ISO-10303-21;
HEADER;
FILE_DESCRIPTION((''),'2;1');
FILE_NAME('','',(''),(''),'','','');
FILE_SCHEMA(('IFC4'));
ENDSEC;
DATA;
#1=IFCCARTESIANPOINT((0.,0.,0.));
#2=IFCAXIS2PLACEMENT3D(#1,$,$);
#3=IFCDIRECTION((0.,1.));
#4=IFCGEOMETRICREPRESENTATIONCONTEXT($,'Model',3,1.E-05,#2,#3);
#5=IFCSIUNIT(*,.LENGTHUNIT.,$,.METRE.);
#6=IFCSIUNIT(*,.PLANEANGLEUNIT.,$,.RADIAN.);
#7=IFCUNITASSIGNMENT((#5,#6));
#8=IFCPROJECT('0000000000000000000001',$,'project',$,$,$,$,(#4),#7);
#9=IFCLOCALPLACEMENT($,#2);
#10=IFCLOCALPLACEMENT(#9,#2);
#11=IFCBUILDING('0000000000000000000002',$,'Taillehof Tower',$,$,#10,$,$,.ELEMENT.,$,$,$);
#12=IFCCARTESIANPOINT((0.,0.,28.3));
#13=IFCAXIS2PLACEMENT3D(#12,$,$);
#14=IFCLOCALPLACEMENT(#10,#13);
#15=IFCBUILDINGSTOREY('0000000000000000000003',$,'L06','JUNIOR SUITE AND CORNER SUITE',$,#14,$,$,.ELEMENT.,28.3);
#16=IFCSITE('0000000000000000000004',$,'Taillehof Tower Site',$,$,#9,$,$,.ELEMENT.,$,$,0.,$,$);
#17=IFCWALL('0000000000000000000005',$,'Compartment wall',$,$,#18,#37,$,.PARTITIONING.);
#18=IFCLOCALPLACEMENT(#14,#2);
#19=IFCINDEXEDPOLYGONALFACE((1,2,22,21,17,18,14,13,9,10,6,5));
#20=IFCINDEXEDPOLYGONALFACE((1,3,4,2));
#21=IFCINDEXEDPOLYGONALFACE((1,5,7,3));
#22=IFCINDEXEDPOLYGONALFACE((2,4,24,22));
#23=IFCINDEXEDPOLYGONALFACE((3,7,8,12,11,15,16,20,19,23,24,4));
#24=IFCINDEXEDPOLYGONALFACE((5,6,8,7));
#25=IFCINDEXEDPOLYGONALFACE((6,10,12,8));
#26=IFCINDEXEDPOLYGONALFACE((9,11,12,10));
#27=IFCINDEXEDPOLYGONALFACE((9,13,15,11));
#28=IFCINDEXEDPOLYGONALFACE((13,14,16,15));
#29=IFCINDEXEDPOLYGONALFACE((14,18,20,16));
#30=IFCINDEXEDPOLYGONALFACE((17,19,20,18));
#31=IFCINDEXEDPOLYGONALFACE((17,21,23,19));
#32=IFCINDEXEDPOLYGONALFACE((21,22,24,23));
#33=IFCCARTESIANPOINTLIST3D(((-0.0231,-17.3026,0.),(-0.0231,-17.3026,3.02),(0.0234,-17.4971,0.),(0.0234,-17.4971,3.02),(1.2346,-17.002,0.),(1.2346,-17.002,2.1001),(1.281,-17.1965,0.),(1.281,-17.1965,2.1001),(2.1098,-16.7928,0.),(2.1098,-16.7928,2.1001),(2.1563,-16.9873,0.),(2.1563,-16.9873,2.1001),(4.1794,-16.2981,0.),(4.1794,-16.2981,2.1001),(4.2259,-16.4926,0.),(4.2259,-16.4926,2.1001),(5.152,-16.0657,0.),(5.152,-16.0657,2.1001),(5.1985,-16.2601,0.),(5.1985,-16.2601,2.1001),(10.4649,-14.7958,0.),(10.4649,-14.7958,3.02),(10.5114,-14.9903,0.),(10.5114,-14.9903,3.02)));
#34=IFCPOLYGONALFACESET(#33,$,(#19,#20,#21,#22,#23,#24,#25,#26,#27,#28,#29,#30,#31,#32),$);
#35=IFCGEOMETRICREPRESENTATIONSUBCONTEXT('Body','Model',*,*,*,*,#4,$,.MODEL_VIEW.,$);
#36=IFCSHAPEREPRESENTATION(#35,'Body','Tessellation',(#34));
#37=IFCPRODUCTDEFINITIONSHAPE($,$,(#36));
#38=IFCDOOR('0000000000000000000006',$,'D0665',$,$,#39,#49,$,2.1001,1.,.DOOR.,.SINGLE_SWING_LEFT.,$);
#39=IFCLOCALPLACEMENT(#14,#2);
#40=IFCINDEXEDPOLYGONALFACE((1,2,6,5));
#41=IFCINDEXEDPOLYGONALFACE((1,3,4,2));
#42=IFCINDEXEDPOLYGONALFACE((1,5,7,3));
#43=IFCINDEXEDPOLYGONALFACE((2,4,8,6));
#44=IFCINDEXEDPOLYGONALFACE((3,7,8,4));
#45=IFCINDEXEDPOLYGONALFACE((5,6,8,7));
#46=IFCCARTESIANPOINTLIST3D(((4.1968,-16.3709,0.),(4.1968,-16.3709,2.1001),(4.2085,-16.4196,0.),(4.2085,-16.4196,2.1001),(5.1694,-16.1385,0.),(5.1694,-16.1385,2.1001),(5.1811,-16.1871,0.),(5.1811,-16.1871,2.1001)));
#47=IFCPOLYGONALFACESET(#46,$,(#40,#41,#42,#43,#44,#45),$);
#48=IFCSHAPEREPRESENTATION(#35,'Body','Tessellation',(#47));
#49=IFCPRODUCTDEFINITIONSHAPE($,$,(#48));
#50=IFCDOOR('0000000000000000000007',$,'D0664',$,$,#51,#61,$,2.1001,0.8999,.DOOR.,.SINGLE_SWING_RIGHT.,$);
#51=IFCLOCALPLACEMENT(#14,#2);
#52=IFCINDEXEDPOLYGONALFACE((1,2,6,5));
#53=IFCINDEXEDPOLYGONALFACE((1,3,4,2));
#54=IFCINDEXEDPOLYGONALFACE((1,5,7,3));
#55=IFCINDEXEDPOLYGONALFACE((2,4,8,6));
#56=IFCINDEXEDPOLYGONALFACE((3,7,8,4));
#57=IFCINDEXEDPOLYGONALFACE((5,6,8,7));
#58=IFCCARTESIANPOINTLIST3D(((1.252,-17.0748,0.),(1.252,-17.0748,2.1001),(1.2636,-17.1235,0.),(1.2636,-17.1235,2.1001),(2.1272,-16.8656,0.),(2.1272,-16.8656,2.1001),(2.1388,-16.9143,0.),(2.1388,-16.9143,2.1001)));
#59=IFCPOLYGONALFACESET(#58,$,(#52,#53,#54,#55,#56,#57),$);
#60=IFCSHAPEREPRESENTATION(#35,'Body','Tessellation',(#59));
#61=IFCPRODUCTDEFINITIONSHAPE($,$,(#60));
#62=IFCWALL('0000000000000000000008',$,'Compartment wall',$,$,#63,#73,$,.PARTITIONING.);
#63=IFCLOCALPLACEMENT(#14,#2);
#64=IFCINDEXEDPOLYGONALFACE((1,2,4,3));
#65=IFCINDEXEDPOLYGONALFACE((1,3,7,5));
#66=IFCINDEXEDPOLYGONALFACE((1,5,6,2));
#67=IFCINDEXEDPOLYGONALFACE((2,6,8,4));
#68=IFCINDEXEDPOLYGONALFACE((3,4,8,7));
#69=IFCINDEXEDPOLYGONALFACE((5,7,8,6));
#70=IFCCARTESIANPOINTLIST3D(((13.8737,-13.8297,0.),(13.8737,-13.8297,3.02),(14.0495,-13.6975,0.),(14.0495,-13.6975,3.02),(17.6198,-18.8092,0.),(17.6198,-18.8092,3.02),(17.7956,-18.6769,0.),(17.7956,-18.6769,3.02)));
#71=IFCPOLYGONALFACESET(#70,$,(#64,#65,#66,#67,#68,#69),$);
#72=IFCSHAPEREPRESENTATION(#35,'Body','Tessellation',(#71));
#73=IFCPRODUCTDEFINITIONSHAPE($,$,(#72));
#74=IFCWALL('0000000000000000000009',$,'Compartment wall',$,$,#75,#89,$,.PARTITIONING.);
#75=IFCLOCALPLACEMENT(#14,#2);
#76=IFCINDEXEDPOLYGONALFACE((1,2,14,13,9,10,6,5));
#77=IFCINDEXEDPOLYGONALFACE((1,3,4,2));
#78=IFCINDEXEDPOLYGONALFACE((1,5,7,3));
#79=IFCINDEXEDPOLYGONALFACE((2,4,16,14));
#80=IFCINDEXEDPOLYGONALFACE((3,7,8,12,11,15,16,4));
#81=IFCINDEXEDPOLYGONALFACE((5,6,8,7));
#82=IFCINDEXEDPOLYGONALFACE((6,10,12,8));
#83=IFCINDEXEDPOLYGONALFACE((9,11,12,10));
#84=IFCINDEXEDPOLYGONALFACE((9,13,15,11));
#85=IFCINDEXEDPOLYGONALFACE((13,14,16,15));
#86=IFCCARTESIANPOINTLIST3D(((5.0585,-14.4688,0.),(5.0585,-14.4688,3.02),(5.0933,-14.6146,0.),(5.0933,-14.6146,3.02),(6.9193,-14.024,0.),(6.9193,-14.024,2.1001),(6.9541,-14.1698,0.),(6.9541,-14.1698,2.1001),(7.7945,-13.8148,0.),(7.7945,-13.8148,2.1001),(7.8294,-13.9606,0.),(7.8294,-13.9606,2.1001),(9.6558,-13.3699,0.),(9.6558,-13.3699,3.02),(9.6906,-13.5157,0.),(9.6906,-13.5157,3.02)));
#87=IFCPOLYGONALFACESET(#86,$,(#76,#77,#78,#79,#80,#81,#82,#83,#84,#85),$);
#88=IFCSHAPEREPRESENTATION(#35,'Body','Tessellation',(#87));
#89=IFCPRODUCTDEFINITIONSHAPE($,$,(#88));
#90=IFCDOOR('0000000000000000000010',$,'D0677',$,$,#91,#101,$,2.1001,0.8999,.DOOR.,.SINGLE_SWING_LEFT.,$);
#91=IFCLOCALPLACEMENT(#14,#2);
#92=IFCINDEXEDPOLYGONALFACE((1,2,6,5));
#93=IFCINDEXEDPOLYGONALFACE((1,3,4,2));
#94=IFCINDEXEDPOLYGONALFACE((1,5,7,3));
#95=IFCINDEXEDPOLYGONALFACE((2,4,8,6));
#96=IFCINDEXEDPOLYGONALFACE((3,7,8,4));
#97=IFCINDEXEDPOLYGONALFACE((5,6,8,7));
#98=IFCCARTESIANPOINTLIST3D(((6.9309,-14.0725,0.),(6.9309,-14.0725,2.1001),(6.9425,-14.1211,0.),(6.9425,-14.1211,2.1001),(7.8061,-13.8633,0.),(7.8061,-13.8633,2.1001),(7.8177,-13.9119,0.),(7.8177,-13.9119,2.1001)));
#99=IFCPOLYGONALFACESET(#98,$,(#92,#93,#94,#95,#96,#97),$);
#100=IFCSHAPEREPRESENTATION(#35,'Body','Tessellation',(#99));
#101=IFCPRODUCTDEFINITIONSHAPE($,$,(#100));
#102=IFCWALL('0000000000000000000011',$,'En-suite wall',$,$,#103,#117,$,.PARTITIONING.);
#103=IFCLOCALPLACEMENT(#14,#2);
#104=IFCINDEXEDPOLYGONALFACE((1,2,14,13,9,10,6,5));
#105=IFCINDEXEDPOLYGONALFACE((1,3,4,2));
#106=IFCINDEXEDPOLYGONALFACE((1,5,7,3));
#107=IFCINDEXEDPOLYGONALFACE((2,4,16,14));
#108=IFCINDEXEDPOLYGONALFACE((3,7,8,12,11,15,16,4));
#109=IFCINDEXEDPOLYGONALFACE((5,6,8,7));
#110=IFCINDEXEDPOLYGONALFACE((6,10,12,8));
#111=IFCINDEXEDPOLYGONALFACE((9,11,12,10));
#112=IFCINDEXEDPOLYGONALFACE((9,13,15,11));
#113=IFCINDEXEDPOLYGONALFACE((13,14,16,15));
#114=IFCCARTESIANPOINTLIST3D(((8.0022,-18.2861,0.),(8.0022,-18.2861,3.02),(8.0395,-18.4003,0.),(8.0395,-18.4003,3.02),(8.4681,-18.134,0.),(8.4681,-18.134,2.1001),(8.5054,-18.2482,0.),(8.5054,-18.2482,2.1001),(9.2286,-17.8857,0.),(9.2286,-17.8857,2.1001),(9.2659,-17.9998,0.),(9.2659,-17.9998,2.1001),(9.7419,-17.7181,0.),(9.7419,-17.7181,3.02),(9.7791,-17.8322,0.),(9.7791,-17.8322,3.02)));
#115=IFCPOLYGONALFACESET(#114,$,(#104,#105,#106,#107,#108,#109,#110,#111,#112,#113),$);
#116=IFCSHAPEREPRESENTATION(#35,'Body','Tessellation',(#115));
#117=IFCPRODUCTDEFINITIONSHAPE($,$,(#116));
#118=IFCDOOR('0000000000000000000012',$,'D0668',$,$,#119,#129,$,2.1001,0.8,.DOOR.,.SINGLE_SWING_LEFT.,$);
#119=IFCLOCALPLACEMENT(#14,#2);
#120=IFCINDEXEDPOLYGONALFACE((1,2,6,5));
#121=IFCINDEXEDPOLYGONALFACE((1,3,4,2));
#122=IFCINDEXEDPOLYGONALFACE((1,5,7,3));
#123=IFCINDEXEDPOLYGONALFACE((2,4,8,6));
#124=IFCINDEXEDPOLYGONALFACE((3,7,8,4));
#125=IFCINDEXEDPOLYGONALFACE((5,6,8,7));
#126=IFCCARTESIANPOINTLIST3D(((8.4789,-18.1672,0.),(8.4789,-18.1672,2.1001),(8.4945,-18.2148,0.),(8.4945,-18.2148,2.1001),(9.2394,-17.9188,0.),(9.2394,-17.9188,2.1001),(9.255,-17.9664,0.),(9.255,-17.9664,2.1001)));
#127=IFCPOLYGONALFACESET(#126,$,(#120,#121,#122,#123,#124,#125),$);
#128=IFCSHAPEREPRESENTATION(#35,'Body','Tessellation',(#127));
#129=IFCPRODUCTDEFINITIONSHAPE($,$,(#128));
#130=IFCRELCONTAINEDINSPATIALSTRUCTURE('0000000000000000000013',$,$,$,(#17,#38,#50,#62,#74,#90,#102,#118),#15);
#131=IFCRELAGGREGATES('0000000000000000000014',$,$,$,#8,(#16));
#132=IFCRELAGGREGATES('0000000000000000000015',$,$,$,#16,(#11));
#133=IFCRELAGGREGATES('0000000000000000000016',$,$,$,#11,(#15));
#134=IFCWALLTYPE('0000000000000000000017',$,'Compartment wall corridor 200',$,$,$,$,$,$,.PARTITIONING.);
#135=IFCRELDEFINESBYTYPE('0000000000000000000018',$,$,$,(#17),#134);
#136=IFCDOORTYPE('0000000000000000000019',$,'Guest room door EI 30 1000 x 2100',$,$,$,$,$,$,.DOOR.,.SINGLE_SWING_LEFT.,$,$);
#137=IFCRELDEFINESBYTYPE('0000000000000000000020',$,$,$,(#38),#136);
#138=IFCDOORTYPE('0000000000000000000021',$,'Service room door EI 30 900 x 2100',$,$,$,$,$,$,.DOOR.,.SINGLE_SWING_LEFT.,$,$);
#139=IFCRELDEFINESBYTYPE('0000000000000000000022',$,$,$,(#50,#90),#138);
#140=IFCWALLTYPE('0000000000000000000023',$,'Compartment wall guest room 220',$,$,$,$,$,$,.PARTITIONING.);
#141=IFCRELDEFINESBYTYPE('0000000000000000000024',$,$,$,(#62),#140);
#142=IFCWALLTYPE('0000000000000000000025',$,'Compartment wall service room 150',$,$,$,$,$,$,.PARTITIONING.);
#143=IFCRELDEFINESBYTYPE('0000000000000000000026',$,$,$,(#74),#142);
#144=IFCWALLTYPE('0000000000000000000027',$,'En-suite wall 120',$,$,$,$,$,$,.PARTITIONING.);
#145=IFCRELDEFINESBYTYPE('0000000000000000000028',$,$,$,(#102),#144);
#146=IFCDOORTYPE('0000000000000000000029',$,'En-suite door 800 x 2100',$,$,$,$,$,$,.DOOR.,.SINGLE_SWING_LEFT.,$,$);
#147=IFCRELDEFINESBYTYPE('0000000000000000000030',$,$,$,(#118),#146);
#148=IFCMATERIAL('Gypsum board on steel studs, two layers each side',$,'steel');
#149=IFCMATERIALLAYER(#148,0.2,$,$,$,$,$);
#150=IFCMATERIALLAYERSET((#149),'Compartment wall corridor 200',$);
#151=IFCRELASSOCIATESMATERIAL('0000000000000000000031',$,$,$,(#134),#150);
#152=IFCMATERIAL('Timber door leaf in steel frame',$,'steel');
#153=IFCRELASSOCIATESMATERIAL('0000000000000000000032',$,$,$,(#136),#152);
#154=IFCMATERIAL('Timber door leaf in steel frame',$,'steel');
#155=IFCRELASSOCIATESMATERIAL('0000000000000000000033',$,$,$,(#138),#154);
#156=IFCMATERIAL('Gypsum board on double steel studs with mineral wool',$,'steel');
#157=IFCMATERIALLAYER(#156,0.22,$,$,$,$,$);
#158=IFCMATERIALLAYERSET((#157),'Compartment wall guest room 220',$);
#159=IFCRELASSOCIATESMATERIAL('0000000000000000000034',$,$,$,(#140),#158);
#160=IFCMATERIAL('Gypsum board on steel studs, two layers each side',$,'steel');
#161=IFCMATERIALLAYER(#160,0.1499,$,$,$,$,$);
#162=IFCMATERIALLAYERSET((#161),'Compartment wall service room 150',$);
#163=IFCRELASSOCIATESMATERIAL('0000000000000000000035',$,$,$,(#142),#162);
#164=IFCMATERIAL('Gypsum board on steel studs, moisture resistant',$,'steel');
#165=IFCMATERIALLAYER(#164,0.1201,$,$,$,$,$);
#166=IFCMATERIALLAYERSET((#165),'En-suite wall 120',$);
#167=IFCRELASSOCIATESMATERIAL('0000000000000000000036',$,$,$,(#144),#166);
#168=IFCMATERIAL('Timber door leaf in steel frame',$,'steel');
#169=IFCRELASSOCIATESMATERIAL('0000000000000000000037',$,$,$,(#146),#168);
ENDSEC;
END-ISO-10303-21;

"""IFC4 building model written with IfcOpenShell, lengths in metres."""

from ifc_helpers import new_model, si_unit, direction, frame, frame_2d, origin, place, context, subcontext, project, spatial, rectangle, extrude, material, layer, layer_set, type_object, element, fill, save


model = new_model("IFC4")

# Units and contexts
model_context = context("Model", 3, precision=1e-05, world=origin(), true_north=direction((0.0, 1.0)))
body_context = subcontext(model_context, "Body", "Model", "MODEL_VIEW")
ifc_project = project(units=[si_unit("LENGTHUNIT", "METRE"), si_unit("PLANEANGLEUNIT", "RADIAN")], contexts=[model_context])

# Site, building, storey
site_placement = place(None, origin())
site = spatial("IfcSite", under=ifc_project, at=site_placement, Name="Taillehof Tower Site", CompositionType="ELEMENT", RefElevation=0.0)
building_placement = place(site_placement, origin())
building = spatial("IfcBuilding", under=site, at=building_placement, Name="Taillehof Tower", CompositionType="ELEMENT")
storey_placement = place(building_placement, frame((0.0, 0.0, 28.3)))
storey = spatial("IfcBuildingStorey", under=building, at=storey_placement, Name="L06", Description="JUNIOR SUITE AND CORNER SUITE", CompositionType="ELEMENT", Elevation=28.3)

# Shared definitions
ifc_material_1 = material(Name="Gypsum board on steel studs, two layers each side", Category="steel")
ifc_layer_1 = layer(ifc_material_1, 0.2)
ifc_layer_set_1 = layer_set([ifc_layer_1], Name="Compartment wall corridor 200")
wall_type_1 = type_object("IfcWallType", Name="Compartment wall corridor 200", PredefinedType="PARTITIONING", material=ifc_layer_set_1)

# Wall, openings, doors
wall_1_placement = place(storey_placement, frame((10.488, -14.8931, 0.0), z_axis=(0.0, 0.0, 1.0), x_axis=(-0.972603, -0.23247, 0.0)))
wall_1 = element("IfcWall", 1, at=wall_1_placement, inside=storey, type_object=wall_type_1, Name="Compartment wall", PredefinedType="PARTITIONING", context=body_context, shape_type="SweptSolid", body=[
    extrude(rectangle(XDim=10.7834, YDim=0.2, at=frame_2d((5.3916, 0.0))), origin(), (0.0, 0.0, 1.0), 3.02),
])
opening_1_placement = place(wall_1_placement, frame((8.5903, 0.0, 0.0)))
opening_1 = element("IfcOpeningElement", 2, at=opening_1_placement, cuts=wall_1, PredefinedType="OPENING", context=body_context, shape_type="SweptSolid", body=[
    extrude(rectangle(XDim=0.8999, YDim=2.1001, at=frame_2d((0.45, 1.05))), frame((0.0, 0.1099, 0.0), z_axis=(0.0, -1.0, 0.0), x_axis=(1.0, 0.0, 0.0)), (0.0, 0.0, 1.0), 0.22),
])
opening_2_placement = place(wall_1_placement, frame((5.4624, 0.0, 0.0)))
opening_2 = element("IfcOpeningElement", 3, at=opening_2_placement, cuts=wall_1, PredefinedType="OPENING", context=body_context, shape_type="SweptSolid", body=[
    extrude(rectangle(XDim=1.0, YDim=2.1001, at=frame_2d((0.5, 1.05))), frame((0.0, 0.1099, 0.0), z_axis=(0.0, -1.0, 0.0), x_axis=(1.0, 0.0, 0.0)), (0.0, 0.0, 1.0), 0.22),
])
ifc_material_2 = material(Name="Timber door leaf in steel frame", Category="steel")
door_type_1 = type_object("IfcDoorType", Name="Guest room door EI 30 1000 x 2100", OperationType="SINGLE_SWING_LEFT", PredefinedType="DOOR", material=ifc_material_2)
door_1_placement = place(opening_2_placement, origin())
door_1 = element("IfcDoor", 4, at=door_1_placement, inside=storey, type_object=door_type_1, Name="D0665", OperationType="SINGLE_SWING_LEFT", OverallHeight=2.1001, OverallWidth=1.0, PredefinedType="DOOR", context=body_context, shape_type="SweptSolid", body=[
    extrude(rectangle(XDim=1.0, YDim=2.1001, at=frame_2d((0.5, 1.05))), frame((0.0, 0.0249, 0.0), z_axis=(0.0, -1.0, 0.0), x_axis=(1.0, 0.0, 0.0)), (0.0, 0.0, 1.0), 0.05),
])
fill(opening_2, door_1)
ifc_material_3 = material(Name="Timber door leaf in steel frame", Category="steel")
door_type_2 = type_object("IfcDoorType", Name="Service room door EI 30 900 x 2100", OperationType="SINGLE_SWING_LEFT", PredefinedType="DOOR", material=ifc_material_3)
door_2_placement = place(opening_1_placement, origin())
door_2 = element("IfcDoor", 5, at=door_2_placement, inside=storey, type_object=door_type_2, Name="D0664", OperationType="SINGLE_SWING_RIGHT", OverallHeight=2.1001, OverallWidth=0.8999, PredefinedType="DOOR", context=body_context, shape_type="SweptSolid", body=[
    extrude(rectangle(XDim=0.8999, YDim=2.1001, at=frame_2d((0.45, 1.05))), frame((0.0, 0.0249, 0.0), z_axis=(0.0, -1.0, 0.0), x_axis=(1.0, 0.0, 0.0)), (0.0, 0.0, 1.0), 0.05),
])
fill(opening_1, door_2)

# Wall
ifc_material_4 = material(Name="Gypsum board on double steel studs with mineral wool", Category="steel")
ifc_layer_2 = layer(ifc_material_4, 0.22)
ifc_layer_set_2 = layer_set([ifc_layer_2], Name="Compartment wall guest room 220")
wall_type_2 = type_object("IfcWallType", Name="Compartment wall guest room 220", PredefinedType="PARTITIONING", material=ifc_layer_set_2)
wall_2_placement = place(storey_placement, frame((17.7078, -18.7432, 0.0), z_axis=(0.0, 0.0, 1.0), x_axis=(-0.601178, 0.799115, 0.0)))
element("IfcWall", 6, at=wall_2_placement, inside=storey, type_object=wall_type_2, Name="Compartment wall", PredefinedType="PARTITIONING", context=body_context, shape_type="SweptSolid", body=[
    extrude(rectangle(XDim=6.2312, YDim=0.22, at=frame_2d((3.1157, 0.0))), origin(), (0.0, 0.0, 1.0), 3.02),
])

# Walls, openings, doors
ifc_material_5 = material(Name="Gypsum board on steel studs, two layers each side", Category="steel")
ifc_layer_3 = layer(ifc_material_5, 0.1499)
ifc_layer_set_3 = layer_set([ifc_layer_3], Name="Compartment wall service room 150")
wall_type_3 = type_object("IfcWallType", Name="Compartment wall service room 150", PredefinedType="PARTITIONING", material=ifc_layer_set_3)
wall_3_placement = place(storey_placement, frame((9.6731, -13.4429, 0.0), z_axis=(0.0, 0.0, 1.0), x_axis=(-0.972603, -0.232472, 0.0)))
wall_3 = element("IfcWall", 7, at=wall_3_placement, inside=storey, type_object=wall_type_3, Name="Compartment wall", PredefinedType="PARTITIONING", context=body_context, shape_type="SweptSolid", body=[
    extrude(rectangle(XDim=4.7268, YDim=0.1499, at=frame_2d((2.3633, 0.0))), origin(), (0.0, 0.0, 1.0), 3.02),
])
opening_3_placement = place(wall_3_placement, frame((1.9136, 0.0, 0.0)))
opening_3 = element("IfcOpeningElement", 8, at=opening_3_placement, cuts=wall_3, PredefinedType="OPENING", context=body_context, shape_type="SweptSolid", body=[
    extrude(rectangle(XDim=0.8999, YDim=2.1001, at=frame_2d((0.45, 1.05))), frame((0.0, 0.085, 0.0), z_axis=(0.0, -1.0, 0.0), x_axis=(1.0, 0.0, 0.0)), (0.0, 0.0, 1.0), 0.1699),
])
door_3_placement = place(opening_3_placement, origin())
door_3 = element("IfcDoor", 9, at=door_3_placement, inside=storey, type_object=door_type_2, Name="D0677", OperationType="SINGLE_SWING_LEFT", OverallHeight=2.1001, OverallWidth=0.8999, PredefinedType="DOOR", context=body_context, shape_type="SweptSolid", body=[
    extrude(rectangle(XDim=0.8999, YDim=2.1001, at=frame_2d((0.45, 1.05))), frame((0.0, 0.0249, 0.0), z_axis=(0.0, -1.0, 0.0), x_axis=(1.0, 0.0, 0.0)), (0.0, 0.0, 1.0), 0.05),
])
fill(opening_3, door_3)
ifc_material_6 = material(Name="Gypsum board on steel studs, moisture resistant", Category="steel")
ifc_layer_4 = layer(ifc_material_6, 0.1201)
ifc_layer_set_4 = layer_set([ifc_layer_4], Name="En-suite wall 120")
wall_type_4 = type_object("IfcWallType", Name="En-suite wall 120", PredefinedType="PARTITIONING", material=ifc_layer_set_4)
wall_4_placement = place(storey_placement, frame((9.7605, -17.7751, 0.0), z_axis=(0.0, 0.0, 1.0), x_axis=(-0.9506, -0.310419, 0.0)))
wall_4 = element("IfcWall", 10, at=wall_4_placement, inside=storey, type_object=wall_type_4, Name="En-suite wall", PredefinedType="PARTITIONING", context=body_context, shape_type="SweptSolid", body=[
    extrude(rectangle(XDim=1.8301, YDim=0.1201, at=frame_2d((0.915, 0.0))), origin(), (0.0, 0.0, 1.0), 3.02),
])
opening_4_placement = place(wall_4_placement, frame((0.54, 0.0, 0.0)))
opening_4 = element("IfcOpeningElement", 11, at=opening_4_placement, cuts=wall_4, PredefinedType="OPENING", context=body_context, shape_type="SweptSolid", body=[
    extrude(rectangle(XDim=0.8, YDim=2.1001, at=frame_2d((0.3999, 1.05))), frame((0.0, 0.0701, 0.0), z_axis=(0.0, -1.0, 0.0), x_axis=(1.0, 0.0, 0.0)), (0.0, 0.0, 1.0), 0.1401),
])
ifc_material_7 = material(Name="Timber door leaf in steel frame", Category="steel")
door_type_3 = type_object("IfcDoorType", Name="En-suite door 800 x 2100", OperationType="SINGLE_SWING_LEFT", PredefinedType="DOOR", material=ifc_material_7)
door_4_placement = place(opening_4_placement, origin())
door_4 = element("IfcDoor", 12, at=door_4_placement, inside=storey, type_object=door_type_3, Name="D0668", OperationType="SINGLE_SWING_LEFT", OverallHeight=2.1001, OverallWidth=0.8, PredefinedType="DOOR", context=body_context, shape_type="SweptSolid", body=[
    extrude(rectangle(XDim=0.8, YDim=2.1001, at=frame_2d((0.3999, 1.05))), frame((0.0, 0.0249, 0.0), z_axis=(0.0, -1.0, 0.0), x_axis=(1.0, 0.0, 0.0)), (0.0, 0.0, 1.0), 0.05),
])
fill(opening_4, door_4)

save(model, "model.ifc")
